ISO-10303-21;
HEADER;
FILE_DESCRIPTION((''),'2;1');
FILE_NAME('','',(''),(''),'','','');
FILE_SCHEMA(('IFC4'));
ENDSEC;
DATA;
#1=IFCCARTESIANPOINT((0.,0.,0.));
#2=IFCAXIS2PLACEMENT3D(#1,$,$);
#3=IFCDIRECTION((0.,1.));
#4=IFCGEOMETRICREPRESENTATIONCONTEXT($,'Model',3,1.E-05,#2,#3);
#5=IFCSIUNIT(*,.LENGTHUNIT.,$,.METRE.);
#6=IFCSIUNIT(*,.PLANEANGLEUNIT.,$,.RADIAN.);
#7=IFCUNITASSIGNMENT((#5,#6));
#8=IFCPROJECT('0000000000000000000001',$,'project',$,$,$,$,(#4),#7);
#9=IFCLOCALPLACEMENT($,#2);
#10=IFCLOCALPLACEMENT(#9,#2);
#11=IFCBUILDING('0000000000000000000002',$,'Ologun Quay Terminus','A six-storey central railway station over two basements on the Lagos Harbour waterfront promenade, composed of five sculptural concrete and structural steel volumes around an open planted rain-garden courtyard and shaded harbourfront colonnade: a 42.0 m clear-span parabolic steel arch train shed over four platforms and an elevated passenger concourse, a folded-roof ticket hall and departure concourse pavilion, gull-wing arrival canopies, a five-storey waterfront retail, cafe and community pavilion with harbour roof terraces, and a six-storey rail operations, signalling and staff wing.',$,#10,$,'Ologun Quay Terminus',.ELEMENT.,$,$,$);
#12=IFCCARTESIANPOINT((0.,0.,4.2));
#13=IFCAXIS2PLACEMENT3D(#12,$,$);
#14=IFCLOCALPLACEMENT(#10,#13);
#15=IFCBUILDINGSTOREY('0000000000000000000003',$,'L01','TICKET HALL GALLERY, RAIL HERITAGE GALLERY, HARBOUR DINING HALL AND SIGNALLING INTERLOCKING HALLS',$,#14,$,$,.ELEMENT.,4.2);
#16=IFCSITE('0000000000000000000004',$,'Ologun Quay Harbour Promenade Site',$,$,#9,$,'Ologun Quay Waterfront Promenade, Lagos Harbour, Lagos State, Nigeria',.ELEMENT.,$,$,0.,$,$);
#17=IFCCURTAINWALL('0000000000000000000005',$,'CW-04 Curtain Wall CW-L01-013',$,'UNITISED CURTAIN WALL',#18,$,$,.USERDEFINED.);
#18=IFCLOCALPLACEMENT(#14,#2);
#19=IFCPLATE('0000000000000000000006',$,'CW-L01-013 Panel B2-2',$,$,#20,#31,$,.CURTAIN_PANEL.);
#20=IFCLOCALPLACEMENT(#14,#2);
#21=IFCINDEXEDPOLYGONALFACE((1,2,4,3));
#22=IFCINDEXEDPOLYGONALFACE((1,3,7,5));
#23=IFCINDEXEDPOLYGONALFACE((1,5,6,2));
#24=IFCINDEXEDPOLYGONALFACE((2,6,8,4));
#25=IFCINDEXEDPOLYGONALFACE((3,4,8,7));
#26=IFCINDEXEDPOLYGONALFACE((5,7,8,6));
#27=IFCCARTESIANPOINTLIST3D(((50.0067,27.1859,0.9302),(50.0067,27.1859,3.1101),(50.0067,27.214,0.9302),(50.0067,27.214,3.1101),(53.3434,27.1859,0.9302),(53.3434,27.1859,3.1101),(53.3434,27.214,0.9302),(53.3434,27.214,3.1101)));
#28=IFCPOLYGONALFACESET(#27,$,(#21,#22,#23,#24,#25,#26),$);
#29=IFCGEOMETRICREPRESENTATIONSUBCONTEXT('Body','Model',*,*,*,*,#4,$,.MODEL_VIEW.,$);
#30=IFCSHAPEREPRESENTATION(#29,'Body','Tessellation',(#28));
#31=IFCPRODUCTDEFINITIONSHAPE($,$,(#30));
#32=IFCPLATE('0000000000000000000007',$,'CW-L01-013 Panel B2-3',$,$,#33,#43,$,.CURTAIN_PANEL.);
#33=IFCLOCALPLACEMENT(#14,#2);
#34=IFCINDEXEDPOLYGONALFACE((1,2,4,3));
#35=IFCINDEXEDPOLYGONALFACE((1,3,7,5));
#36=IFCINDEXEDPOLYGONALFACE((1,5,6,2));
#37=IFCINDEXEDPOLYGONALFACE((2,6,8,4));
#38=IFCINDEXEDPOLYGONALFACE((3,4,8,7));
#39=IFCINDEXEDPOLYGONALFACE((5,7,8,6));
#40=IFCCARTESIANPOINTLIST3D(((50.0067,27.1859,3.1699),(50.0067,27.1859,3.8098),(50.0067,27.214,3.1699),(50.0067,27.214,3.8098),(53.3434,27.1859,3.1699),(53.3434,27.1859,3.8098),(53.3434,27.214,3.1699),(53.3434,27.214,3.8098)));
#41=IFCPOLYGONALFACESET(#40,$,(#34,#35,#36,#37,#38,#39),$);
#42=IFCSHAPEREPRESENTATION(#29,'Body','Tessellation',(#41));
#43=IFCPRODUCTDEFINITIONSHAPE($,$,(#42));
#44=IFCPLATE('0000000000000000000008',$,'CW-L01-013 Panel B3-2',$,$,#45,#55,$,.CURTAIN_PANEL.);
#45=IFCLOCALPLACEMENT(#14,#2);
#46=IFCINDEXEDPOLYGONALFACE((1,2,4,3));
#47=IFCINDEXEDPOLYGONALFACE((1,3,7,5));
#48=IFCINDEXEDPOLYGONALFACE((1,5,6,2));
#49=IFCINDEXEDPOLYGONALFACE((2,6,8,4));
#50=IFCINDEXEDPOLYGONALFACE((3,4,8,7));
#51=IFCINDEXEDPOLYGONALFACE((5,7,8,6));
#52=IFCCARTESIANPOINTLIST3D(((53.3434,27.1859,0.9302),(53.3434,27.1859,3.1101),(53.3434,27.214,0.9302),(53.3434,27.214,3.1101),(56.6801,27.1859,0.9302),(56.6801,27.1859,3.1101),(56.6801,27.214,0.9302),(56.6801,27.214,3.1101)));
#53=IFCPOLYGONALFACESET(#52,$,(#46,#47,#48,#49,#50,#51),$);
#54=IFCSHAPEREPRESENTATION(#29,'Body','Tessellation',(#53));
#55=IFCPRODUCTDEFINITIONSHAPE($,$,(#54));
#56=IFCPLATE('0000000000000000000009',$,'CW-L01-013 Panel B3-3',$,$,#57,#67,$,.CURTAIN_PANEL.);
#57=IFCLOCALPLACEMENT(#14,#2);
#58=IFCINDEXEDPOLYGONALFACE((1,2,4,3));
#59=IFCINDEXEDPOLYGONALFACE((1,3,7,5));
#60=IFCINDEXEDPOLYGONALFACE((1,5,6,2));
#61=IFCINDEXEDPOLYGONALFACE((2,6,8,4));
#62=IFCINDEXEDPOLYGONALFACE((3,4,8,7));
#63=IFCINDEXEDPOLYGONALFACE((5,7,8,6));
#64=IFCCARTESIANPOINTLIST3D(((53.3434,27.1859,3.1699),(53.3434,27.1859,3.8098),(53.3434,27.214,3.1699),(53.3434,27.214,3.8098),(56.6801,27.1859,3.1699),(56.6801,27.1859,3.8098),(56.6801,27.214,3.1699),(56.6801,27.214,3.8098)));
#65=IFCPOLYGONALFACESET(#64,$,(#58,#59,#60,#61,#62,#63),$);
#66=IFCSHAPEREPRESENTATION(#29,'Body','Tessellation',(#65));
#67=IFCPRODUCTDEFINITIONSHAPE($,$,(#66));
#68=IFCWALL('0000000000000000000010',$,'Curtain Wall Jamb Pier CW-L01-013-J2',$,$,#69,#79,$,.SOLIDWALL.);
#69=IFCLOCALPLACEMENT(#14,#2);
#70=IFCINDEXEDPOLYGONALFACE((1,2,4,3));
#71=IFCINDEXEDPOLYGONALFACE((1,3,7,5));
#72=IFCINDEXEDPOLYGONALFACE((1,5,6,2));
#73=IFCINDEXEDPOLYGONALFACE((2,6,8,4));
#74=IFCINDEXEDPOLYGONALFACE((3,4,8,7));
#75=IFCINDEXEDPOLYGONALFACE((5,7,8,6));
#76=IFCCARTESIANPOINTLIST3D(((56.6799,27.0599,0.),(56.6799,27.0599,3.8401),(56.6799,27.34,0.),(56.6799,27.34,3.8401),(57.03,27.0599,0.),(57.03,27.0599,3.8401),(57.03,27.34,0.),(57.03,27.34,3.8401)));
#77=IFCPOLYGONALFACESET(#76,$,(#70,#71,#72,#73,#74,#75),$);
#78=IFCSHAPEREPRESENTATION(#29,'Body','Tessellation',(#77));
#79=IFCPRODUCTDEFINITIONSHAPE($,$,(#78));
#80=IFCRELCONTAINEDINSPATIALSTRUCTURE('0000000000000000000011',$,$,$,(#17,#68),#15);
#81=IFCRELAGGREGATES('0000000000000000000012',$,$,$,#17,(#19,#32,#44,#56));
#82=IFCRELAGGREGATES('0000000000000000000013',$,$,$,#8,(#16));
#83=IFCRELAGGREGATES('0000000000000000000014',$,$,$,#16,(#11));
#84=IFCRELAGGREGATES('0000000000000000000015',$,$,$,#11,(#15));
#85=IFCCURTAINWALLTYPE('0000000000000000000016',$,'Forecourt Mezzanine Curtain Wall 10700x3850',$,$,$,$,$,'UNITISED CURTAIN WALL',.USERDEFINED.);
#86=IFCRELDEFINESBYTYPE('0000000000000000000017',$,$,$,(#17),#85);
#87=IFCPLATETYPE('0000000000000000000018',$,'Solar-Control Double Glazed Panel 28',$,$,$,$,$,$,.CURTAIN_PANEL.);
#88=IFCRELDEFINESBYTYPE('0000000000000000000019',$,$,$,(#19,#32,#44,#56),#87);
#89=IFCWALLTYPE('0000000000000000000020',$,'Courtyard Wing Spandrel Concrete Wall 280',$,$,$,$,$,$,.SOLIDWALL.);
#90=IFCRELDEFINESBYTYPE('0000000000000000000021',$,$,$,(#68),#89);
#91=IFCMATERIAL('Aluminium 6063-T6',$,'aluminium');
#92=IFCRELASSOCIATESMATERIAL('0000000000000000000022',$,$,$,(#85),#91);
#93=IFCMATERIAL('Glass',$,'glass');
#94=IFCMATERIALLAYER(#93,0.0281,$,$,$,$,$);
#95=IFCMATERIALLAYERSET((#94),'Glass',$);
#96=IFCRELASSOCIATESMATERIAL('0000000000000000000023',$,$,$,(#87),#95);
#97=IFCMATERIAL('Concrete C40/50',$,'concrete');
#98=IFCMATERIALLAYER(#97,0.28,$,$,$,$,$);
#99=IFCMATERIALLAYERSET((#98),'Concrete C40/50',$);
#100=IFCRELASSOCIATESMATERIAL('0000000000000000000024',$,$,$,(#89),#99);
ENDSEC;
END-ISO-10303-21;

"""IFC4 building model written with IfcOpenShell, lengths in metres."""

from ifc_helpers import new_model, si_unit, direction, frame, frame_2d, origin, origin_2d, place, context, subcontext, project, spatial, rectangle, extrude, material, layer, layer_set, type_object, element, aggregate, save


model = new_model("IFC4")

# Units and contexts
model_context = context("Model", 3, precision=1e-05, world=origin(), true_north=direction((0.0, 1.0)))
body_context = subcontext(model_context, "Body", "Model", "MODEL_VIEW")
ifc_project = project(units=[si_unit("LENGTHUNIT", "METRE"), si_unit("PLANEANGLEUNIT", "RADIAN")], contexts=[model_context])

# Site, building, storey
site_placement = place(None, origin())
site = spatial("IfcSite", under=ifc_project, at=site_placement, Name="Ologun Quay Harbour Promenade Site", LongName="Ologun Quay Waterfront Promenade, Lagos Harbour, Lagos State, Nigeria", CompositionType="ELEMENT", RefElevation=0.0)
building_placement = place(site_placement, origin())
building = spatial("IfcBuilding", under=site, at=building_placement, Name="Ologun Quay Terminus", Description="A six-storey central railway station over two basements on the Lagos Harbour waterfront promenade, composed of five sculptural concrete and structural steel volumes around an open planted rain-garden courtyard and shaded harbourfront colonnade: a 42.0 m clear-span parabolic steel arch train shed over four platforms and an elevated passenger concourse, a folded-roof ticket hall and departure concourse pavilion, gull-wing arrival canopies, a five-storey waterfront retail, cafe and community pavilion with harbour roof terraces, and a six-storey rail operations, signalling and staff wing.", LongName="Ologun Quay Terminus", CompositionType="ELEMENT")
storey_placement = place(building_placement, frame((0.0, 0.0, 4.2)))
storey = spatial("IfcBuildingStorey", under=building, at=storey_placement, Name="L01", Description="TICKET HALL GALLERY, RAIL HERITAGE GALLERY, HARBOUR DINING HALL AND SIGNALLING INTERLOCKING HALLS", CompositionType="ELEMENT", Elevation=4.2)

# Curtain wall
ifc_material_1 = material(Name="Aluminium 6063-T6", Category="aluminium")
curtain_wall_type = type_object("IfcCurtainWallType", Name="Forecourt Mezzanine Curtain Wall 10700x3850", ElementType="UNITISED CURTAIN WALL", PredefinedType="USERDEFINED", material=ifc_material_1)
curtain_wall_placement = place(storey_placement, origin())
curtain_wall = element("IfcCurtainWall", 1, at=curtain_wall_placement, inside=storey, type_object=curtain_wall_type, Name="CW-04 Curtain Wall CW-L01-013", ObjectType="UNITISED CURTAIN WALL", PredefinedType="USERDEFINED")

# Plates
ifc_material_2 = material(Name="Glass", Category="glass")
ifc_layer_1 = layer(ifc_material_2, 0.0281)
ifc_layer_set_1 = layer_set([ifc_layer_1], Name="Glass")
plate_type_1 = type_object("IfcPlateType", Name="Solar-Control Double Glazed Panel 28", PredefinedType="CURTAIN_PANEL", material=ifc_layer_set_1)
plate_1_placement = place(storey_placement, frame((51.675, 27.2, 0.9302), z_axis=(0.0, 0.0, 1.0), x_axis=(1.0, 0.0, 0.0)))
plate_1 = element("IfcPlate", 2, at=plate_1_placement, type_object=plate_type_1, Name="CW-L01-013 Panel B2-2", PredefinedType="CURTAIN_PANEL", context=body_context, shape_type="SweptSolid", body=[
    extrude(rectangle(XDim=3.3367, YDim=0.0281, at=origin_2d()), origin(), (0.0, 0.0, 1.0), 2.1799),
])
plate_2_placement = place(storey_placement, frame((51.675, 27.2, 3.1699), z_axis=(0.0, 0.0, 1.0), x_axis=(1.0, 0.0, 0.0)))
plate_2 = element("IfcPlate", 3, at=plate_2_placement, type_object=plate_type_1, Name="CW-L01-013 Panel B2-3", PredefinedType="CURTAIN_PANEL", context=body_context, shape_type="SweptSolid", body=[
    extrude(rectangle(XDim=3.3367, YDim=0.0281, at=origin_2d()), origin(), (0.0, 0.0, 1.0), 0.6399),
])
plate_3_placement = place(storey_placement, frame((55.0117, 27.2, 0.9302), z_axis=(0.0, 0.0, 1.0), x_axis=(1.0, 0.0, 0.0)))
plate_3 = element("IfcPlate", 4, at=plate_3_placement, type_object=plate_type_1, Name="CW-L01-013 Panel B3-2", PredefinedType="CURTAIN_PANEL", context=body_context, shape_type="SweptSolid", body=[
    extrude(rectangle(XDim=3.3367, YDim=0.0281, at=origin_2d()), origin(), (0.0, 0.0, 1.0), 2.1799),
])
plate_4_placement = place(storey_placement, frame((55.0117, 27.2, 3.1699), z_axis=(0.0, 0.0, 1.0), x_axis=(1.0, 0.0, 0.0)))
plate_4 = element("IfcPlate", 5, at=plate_4_placement, type_object=plate_type_1, Name="CW-L01-013 Panel B3-3", PredefinedType="CURTAIN_PANEL", context=body_context, shape_type="SweptSolid", body=[
    extrude(rectangle(XDim=3.3367, YDim=0.0281, at=origin_2d()), origin(), (0.0, 0.0, 1.0), 0.6399),
])
aggregate(curtain_wall, [plate_1, plate_2, plate_3, plate_4])

# Wall
ifc_material_3 = material(Name="Concrete C40/50", Category="concrete")
ifc_layer_2 = layer(ifc_material_3, 0.28)
ifc_layer_set_2 = layer_set([ifc_layer_2], Name="Concrete C40/50")
wall_type = type_object("IfcWallType", Name="Courtyard Wing Spandrel Concrete Wall 280", PredefinedType="SOLIDWALL", material=ifc_layer_set_2)
wall_placement = place(storey_placement, frame((56.6799, 27.2, 0.0), z_axis=(0.0, 0.0, 1.0), x_axis=(1.0, 0.0, 0.0)))
element("IfcWall", 6, at=wall_placement, inside=storey, type_object=wall_type, Name="Curtain Wall Jamb Pier CW-L01-013-J2", PredefinedType="SOLIDWALL", context=body_context, shape_type="SweptSolid", body=[
    extrude(rectangle(XDim=0.3501, YDim=0.28, at=frame_2d((0.175, 0.0))), origin(), (0.0, 0.0, 1.0), 3.8401),
])

save(model, "model.ifc")
